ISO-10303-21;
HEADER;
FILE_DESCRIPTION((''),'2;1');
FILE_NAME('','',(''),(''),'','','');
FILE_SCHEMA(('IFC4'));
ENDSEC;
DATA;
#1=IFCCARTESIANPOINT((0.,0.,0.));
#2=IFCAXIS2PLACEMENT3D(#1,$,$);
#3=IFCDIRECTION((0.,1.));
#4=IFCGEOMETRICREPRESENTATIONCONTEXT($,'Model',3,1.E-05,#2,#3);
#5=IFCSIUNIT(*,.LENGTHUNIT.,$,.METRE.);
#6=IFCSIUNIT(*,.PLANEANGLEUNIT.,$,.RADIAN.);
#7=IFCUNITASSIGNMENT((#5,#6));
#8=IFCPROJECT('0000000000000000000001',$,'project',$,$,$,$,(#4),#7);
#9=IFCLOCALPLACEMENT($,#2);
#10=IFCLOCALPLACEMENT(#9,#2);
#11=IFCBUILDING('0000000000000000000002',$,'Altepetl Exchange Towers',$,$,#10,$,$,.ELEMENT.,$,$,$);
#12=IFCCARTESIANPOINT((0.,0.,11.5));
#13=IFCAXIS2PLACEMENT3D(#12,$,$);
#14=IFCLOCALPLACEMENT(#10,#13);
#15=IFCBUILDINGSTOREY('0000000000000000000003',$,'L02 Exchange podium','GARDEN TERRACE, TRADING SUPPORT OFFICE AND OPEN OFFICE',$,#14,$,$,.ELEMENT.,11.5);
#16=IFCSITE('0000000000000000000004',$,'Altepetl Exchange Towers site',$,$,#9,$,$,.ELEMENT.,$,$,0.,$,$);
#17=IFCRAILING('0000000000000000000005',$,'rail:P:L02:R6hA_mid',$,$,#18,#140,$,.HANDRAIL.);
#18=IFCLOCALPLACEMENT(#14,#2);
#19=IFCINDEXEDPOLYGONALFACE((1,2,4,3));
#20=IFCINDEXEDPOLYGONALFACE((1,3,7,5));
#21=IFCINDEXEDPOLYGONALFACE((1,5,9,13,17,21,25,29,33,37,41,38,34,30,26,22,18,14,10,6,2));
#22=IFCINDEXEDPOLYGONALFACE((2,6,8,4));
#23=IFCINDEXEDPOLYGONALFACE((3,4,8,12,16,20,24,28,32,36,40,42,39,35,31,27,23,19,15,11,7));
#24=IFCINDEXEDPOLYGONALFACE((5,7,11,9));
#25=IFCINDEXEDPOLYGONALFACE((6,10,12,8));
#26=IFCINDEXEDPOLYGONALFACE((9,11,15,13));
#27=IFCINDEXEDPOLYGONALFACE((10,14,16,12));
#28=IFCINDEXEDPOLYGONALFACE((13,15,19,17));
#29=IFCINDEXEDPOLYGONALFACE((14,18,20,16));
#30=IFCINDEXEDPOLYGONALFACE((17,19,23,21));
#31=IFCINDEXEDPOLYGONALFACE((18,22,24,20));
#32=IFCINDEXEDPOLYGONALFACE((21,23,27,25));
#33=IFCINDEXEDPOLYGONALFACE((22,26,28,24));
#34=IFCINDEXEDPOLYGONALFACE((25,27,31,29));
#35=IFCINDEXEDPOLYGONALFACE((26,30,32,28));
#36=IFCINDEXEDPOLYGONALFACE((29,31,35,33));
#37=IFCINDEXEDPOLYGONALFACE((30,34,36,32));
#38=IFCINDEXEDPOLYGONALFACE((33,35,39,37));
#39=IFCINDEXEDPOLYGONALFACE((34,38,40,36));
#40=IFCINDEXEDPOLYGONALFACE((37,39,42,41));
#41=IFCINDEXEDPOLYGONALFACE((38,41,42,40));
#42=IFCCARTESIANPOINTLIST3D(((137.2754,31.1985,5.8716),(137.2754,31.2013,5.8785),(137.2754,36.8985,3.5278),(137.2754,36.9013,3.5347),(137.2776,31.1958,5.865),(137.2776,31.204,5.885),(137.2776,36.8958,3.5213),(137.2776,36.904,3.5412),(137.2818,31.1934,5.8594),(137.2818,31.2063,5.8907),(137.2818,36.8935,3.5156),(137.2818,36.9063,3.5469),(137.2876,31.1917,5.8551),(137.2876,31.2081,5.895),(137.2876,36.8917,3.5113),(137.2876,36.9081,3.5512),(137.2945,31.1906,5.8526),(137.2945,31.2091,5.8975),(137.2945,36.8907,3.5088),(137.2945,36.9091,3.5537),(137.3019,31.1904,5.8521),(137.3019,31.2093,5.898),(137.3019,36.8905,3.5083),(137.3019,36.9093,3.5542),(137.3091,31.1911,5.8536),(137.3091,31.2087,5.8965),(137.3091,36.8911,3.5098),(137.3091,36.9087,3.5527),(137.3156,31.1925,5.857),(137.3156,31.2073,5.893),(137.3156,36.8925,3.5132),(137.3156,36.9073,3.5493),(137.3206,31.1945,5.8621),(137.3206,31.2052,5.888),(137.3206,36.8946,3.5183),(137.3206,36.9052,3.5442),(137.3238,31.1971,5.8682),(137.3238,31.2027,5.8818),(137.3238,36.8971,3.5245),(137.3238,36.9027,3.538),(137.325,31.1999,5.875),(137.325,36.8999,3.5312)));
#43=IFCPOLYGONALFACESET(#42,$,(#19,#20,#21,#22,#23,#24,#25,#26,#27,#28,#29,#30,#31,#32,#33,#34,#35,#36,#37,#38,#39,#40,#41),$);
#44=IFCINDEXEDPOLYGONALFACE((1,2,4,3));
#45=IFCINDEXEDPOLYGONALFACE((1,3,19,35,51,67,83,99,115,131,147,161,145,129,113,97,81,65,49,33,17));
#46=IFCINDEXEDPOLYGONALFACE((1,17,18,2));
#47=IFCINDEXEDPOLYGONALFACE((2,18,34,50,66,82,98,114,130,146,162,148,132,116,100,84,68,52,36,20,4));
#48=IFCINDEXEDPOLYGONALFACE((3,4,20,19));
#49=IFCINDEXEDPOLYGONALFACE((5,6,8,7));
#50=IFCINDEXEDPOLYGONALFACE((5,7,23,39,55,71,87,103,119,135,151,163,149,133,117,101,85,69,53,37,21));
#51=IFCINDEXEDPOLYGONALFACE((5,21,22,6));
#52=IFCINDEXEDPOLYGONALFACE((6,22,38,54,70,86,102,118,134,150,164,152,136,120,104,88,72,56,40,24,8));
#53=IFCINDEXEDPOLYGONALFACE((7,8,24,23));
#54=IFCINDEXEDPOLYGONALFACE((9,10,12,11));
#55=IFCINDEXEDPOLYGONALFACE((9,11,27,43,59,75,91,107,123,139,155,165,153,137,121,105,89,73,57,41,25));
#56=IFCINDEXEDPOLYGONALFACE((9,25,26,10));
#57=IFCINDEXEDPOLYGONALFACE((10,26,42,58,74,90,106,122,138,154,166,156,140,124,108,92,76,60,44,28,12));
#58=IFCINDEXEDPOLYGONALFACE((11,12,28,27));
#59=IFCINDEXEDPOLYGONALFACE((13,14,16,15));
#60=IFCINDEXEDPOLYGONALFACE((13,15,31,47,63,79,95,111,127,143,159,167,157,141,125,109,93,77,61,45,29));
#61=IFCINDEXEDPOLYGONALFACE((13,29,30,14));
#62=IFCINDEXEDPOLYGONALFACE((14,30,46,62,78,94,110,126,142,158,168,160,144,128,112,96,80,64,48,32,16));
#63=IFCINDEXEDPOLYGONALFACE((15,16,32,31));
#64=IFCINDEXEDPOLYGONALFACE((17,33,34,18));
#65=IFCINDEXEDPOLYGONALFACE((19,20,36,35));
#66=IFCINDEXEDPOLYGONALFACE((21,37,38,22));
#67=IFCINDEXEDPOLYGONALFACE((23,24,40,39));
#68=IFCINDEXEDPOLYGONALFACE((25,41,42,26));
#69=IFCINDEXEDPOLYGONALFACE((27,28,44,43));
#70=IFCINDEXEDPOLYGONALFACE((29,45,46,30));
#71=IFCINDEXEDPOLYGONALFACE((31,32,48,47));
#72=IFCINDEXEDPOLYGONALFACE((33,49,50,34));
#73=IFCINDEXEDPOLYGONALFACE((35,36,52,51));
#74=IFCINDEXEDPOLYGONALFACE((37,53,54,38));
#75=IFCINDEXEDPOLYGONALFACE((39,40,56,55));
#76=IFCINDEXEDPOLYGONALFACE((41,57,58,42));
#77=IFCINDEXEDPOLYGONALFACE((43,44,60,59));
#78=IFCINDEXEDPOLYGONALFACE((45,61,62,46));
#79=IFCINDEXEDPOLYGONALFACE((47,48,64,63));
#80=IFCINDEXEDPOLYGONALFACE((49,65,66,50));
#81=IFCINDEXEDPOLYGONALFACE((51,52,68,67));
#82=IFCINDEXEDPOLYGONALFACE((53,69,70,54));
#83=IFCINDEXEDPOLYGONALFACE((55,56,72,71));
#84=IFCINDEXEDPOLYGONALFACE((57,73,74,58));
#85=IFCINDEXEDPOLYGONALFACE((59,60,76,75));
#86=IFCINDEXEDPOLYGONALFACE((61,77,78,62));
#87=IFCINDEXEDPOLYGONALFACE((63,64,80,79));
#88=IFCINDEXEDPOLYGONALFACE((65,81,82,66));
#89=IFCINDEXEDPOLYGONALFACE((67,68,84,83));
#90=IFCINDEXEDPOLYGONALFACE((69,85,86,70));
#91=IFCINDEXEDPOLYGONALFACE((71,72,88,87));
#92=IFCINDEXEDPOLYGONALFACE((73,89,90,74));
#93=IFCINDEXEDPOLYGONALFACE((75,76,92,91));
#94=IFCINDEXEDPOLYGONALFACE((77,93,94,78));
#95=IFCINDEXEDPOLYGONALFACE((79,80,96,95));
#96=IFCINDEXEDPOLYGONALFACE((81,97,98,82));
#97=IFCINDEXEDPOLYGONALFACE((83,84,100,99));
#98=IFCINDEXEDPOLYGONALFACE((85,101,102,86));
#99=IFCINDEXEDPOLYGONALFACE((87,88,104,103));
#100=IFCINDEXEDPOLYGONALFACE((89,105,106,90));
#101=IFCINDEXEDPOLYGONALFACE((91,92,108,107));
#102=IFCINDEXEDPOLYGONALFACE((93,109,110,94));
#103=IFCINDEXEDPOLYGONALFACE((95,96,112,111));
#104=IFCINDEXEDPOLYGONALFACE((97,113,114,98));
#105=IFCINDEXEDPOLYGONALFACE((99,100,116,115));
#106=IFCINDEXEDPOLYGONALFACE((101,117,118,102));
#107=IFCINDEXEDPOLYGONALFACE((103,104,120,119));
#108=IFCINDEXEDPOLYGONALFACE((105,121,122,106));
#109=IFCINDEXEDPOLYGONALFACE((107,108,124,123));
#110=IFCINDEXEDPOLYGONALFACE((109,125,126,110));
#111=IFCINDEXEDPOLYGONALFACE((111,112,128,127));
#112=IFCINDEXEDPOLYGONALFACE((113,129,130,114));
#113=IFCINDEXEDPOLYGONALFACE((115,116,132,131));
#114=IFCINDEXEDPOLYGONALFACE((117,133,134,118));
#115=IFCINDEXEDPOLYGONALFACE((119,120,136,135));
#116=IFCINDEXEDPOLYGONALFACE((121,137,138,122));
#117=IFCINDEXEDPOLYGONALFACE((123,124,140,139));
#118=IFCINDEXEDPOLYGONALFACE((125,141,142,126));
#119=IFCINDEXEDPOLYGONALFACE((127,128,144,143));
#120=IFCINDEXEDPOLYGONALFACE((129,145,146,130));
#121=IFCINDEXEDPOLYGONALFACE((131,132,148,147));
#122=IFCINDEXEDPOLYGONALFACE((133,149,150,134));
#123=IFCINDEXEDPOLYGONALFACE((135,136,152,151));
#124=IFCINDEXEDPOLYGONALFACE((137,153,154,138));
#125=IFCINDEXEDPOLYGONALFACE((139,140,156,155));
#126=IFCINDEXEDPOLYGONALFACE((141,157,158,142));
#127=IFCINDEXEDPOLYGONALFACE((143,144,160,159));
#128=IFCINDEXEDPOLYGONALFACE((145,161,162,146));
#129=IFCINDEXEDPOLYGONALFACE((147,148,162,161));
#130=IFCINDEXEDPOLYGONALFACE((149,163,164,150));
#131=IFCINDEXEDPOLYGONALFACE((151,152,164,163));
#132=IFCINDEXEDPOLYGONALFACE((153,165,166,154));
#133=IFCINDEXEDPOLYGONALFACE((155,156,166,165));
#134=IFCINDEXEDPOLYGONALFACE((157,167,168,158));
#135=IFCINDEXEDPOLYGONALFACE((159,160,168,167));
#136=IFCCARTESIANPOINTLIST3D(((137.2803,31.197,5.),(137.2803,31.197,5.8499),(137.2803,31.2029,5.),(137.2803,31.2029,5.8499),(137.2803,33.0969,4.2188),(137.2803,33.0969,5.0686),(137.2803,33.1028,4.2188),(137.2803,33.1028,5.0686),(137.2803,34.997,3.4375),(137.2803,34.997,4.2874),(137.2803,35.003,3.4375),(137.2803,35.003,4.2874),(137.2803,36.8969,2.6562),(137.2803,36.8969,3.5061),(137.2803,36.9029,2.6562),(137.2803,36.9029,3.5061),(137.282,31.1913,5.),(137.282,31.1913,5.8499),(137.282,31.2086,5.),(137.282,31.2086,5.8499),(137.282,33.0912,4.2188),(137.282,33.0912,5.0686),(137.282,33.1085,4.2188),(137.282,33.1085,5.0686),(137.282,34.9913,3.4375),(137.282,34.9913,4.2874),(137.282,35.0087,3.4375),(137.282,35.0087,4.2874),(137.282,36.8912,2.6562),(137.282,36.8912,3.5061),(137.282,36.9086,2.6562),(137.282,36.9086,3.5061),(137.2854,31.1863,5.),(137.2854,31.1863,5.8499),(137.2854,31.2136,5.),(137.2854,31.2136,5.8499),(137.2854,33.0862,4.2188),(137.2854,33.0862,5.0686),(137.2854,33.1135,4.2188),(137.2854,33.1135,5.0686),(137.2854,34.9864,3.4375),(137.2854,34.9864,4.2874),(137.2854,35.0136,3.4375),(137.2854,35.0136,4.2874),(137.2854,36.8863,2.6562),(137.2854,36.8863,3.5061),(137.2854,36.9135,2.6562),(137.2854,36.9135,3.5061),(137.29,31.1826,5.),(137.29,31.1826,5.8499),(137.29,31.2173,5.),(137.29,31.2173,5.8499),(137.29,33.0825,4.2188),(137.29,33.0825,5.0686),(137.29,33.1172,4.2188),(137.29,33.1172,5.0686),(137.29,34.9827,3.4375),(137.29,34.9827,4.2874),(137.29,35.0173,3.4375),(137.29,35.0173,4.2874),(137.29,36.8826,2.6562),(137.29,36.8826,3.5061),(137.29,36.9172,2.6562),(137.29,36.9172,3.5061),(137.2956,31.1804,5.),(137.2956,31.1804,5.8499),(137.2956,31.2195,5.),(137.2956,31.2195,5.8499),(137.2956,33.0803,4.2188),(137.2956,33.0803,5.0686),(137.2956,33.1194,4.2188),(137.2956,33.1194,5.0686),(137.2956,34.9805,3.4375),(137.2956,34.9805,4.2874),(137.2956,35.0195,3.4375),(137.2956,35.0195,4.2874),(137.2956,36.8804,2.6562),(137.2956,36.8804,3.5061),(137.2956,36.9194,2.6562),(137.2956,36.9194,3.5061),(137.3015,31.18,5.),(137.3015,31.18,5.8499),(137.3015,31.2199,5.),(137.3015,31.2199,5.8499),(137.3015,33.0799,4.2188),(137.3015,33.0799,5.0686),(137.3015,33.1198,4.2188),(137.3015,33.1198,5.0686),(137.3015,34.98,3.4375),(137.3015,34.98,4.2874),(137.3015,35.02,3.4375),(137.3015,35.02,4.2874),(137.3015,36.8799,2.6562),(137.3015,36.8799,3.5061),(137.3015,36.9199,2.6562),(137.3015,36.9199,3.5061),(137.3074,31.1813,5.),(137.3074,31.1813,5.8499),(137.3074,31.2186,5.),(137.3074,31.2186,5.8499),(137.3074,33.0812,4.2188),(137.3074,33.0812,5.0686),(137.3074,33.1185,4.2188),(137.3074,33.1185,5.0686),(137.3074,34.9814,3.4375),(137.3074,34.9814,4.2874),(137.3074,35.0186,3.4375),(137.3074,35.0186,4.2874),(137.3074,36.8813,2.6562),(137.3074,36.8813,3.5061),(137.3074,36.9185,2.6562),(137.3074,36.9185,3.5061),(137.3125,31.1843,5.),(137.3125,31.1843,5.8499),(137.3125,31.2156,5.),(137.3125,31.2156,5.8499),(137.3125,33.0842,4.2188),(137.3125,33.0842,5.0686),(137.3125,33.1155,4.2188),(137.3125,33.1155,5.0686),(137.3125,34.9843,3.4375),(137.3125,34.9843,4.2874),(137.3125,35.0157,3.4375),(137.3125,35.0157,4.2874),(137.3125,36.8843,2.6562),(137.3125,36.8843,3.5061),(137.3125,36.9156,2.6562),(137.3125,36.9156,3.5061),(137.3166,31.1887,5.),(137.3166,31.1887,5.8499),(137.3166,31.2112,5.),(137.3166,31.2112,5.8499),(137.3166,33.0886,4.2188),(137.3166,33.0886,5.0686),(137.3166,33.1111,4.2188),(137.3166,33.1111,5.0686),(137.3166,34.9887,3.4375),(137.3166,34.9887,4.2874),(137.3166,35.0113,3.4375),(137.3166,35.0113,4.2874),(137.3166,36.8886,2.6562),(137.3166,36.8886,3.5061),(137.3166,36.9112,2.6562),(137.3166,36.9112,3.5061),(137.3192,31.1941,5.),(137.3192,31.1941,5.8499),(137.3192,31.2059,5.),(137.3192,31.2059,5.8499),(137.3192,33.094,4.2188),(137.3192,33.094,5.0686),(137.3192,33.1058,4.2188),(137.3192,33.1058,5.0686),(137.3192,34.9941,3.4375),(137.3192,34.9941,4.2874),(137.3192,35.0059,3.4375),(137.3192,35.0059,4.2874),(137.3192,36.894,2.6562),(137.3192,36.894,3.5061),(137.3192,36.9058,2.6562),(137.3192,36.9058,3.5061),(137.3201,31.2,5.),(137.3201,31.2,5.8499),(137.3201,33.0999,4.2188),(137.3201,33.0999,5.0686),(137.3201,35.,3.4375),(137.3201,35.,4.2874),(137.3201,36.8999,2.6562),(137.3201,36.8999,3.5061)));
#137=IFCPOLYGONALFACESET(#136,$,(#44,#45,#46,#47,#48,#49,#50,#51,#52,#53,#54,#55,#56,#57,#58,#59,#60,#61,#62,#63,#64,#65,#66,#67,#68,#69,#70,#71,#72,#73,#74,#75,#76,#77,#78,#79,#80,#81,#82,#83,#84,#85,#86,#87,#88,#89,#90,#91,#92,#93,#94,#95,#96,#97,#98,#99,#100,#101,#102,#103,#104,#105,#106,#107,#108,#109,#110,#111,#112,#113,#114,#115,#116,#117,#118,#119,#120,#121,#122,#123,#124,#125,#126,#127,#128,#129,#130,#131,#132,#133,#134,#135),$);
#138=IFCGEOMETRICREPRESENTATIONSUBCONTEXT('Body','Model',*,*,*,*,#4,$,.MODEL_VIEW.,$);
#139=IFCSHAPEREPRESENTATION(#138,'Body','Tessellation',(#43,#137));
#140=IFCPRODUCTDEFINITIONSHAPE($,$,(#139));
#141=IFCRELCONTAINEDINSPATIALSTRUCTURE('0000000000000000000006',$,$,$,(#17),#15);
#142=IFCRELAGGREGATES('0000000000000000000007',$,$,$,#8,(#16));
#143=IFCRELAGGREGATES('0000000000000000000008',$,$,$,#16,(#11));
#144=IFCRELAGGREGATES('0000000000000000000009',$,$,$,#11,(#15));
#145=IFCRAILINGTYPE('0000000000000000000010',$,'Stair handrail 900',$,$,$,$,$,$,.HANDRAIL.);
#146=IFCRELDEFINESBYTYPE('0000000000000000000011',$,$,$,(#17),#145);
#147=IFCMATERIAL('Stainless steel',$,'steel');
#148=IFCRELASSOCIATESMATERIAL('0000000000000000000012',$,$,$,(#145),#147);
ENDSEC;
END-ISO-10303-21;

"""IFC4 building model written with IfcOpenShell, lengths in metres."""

from ifc_helpers import new_model, si_unit, direction, frame, origin, origin_2d, place, context, subcontext, project, spatial, circle, extrude, source, transform, mapped, material, type_object, element, save


model = new_model("IFC4")

# Units and contexts
model_context = context("Model", 3, precision=1e-05, world=origin(), true_north=direction((0.0, 1.0)))
body_context = subcontext(model_context, "Body", "Model", "MODEL_VIEW")
ifc_project = project(units=[si_unit("LENGTHUNIT", "METRE"), si_unit("PLANEANGLEUNIT", "RADIAN")], contexts=[model_context])

# Site, building, storey
site_placement = place(None, origin())
site = spatial("IfcSite", under=ifc_project, at=site_placement, Name="Altepetl Exchange Towers site", CompositionType="ELEMENT", RefElevation=0.0)
building_placement = place(site_placement, origin())
building = spatial("IfcBuilding", under=site, at=building_placement, Name="Altepetl Exchange Towers", CompositionType="ELEMENT")
storey_placement = place(building_placement, frame((0.0, 0.0, 11.5)))
storey = spatial("IfcBuildingStorey", under=building, at=storey_placement, Name="L02 Exchange podium", Description="GARDEN TERRACE, TRADING SUPPORT OFFICE AND OPEN OFFICE", CompositionType="ELEMENT", Elevation=11.5)

# Railing
ifc_material_1 = material(Name="Stainless steel", Category="steel")
railing_type_1 = type_object("IfcRailingType", Name="Stair handrail 900", PredefinedType="HANDRAIL", material=ifc_material_1)
shared_shape_1 = source(origin(), body_context, "Body", "SweptSolid", [
    extrude(circle(Radius=0.02, at=origin_2d()), origin(), (0.0, 0.0, 1.0), 0.8499),
])
for number, where, name in (
    (1, (137.3, 36.8999, 2.6562), "rail:P:L02:R6hA_mid"),
):
    element("IfcRailing", number, at=place(storey_placement, frame(where)), inside=storey, type_object=railing_type_1, Name=name, PredefinedType="HANDRAIL", context=body_context, shape_type="SweptSolid", body=[
        extrude(circle(Radius=0.0249, at=origin_2d()), frame((0.0, 0.0, 0.875), z_axis=(0.0, -0.924866, 0.380293), x_axis=(1.0, 0.0, 0.0)), (0.0, 0.0, 1.0), 6.1631),
        mapped(shared_shape_1, transform((0.0, 0.0, 0.0))),
        mapped(shared_shape_1, transform((0.0, -1.8999, 0.7812))),
        mapped(shared_shape_1, transform((0.0, -3.8, 1.5625))),
        mapped(shared_shape_1, transform((0.0, -5.7, 2.3438))),
    ])

save(model, "model.ifc")
